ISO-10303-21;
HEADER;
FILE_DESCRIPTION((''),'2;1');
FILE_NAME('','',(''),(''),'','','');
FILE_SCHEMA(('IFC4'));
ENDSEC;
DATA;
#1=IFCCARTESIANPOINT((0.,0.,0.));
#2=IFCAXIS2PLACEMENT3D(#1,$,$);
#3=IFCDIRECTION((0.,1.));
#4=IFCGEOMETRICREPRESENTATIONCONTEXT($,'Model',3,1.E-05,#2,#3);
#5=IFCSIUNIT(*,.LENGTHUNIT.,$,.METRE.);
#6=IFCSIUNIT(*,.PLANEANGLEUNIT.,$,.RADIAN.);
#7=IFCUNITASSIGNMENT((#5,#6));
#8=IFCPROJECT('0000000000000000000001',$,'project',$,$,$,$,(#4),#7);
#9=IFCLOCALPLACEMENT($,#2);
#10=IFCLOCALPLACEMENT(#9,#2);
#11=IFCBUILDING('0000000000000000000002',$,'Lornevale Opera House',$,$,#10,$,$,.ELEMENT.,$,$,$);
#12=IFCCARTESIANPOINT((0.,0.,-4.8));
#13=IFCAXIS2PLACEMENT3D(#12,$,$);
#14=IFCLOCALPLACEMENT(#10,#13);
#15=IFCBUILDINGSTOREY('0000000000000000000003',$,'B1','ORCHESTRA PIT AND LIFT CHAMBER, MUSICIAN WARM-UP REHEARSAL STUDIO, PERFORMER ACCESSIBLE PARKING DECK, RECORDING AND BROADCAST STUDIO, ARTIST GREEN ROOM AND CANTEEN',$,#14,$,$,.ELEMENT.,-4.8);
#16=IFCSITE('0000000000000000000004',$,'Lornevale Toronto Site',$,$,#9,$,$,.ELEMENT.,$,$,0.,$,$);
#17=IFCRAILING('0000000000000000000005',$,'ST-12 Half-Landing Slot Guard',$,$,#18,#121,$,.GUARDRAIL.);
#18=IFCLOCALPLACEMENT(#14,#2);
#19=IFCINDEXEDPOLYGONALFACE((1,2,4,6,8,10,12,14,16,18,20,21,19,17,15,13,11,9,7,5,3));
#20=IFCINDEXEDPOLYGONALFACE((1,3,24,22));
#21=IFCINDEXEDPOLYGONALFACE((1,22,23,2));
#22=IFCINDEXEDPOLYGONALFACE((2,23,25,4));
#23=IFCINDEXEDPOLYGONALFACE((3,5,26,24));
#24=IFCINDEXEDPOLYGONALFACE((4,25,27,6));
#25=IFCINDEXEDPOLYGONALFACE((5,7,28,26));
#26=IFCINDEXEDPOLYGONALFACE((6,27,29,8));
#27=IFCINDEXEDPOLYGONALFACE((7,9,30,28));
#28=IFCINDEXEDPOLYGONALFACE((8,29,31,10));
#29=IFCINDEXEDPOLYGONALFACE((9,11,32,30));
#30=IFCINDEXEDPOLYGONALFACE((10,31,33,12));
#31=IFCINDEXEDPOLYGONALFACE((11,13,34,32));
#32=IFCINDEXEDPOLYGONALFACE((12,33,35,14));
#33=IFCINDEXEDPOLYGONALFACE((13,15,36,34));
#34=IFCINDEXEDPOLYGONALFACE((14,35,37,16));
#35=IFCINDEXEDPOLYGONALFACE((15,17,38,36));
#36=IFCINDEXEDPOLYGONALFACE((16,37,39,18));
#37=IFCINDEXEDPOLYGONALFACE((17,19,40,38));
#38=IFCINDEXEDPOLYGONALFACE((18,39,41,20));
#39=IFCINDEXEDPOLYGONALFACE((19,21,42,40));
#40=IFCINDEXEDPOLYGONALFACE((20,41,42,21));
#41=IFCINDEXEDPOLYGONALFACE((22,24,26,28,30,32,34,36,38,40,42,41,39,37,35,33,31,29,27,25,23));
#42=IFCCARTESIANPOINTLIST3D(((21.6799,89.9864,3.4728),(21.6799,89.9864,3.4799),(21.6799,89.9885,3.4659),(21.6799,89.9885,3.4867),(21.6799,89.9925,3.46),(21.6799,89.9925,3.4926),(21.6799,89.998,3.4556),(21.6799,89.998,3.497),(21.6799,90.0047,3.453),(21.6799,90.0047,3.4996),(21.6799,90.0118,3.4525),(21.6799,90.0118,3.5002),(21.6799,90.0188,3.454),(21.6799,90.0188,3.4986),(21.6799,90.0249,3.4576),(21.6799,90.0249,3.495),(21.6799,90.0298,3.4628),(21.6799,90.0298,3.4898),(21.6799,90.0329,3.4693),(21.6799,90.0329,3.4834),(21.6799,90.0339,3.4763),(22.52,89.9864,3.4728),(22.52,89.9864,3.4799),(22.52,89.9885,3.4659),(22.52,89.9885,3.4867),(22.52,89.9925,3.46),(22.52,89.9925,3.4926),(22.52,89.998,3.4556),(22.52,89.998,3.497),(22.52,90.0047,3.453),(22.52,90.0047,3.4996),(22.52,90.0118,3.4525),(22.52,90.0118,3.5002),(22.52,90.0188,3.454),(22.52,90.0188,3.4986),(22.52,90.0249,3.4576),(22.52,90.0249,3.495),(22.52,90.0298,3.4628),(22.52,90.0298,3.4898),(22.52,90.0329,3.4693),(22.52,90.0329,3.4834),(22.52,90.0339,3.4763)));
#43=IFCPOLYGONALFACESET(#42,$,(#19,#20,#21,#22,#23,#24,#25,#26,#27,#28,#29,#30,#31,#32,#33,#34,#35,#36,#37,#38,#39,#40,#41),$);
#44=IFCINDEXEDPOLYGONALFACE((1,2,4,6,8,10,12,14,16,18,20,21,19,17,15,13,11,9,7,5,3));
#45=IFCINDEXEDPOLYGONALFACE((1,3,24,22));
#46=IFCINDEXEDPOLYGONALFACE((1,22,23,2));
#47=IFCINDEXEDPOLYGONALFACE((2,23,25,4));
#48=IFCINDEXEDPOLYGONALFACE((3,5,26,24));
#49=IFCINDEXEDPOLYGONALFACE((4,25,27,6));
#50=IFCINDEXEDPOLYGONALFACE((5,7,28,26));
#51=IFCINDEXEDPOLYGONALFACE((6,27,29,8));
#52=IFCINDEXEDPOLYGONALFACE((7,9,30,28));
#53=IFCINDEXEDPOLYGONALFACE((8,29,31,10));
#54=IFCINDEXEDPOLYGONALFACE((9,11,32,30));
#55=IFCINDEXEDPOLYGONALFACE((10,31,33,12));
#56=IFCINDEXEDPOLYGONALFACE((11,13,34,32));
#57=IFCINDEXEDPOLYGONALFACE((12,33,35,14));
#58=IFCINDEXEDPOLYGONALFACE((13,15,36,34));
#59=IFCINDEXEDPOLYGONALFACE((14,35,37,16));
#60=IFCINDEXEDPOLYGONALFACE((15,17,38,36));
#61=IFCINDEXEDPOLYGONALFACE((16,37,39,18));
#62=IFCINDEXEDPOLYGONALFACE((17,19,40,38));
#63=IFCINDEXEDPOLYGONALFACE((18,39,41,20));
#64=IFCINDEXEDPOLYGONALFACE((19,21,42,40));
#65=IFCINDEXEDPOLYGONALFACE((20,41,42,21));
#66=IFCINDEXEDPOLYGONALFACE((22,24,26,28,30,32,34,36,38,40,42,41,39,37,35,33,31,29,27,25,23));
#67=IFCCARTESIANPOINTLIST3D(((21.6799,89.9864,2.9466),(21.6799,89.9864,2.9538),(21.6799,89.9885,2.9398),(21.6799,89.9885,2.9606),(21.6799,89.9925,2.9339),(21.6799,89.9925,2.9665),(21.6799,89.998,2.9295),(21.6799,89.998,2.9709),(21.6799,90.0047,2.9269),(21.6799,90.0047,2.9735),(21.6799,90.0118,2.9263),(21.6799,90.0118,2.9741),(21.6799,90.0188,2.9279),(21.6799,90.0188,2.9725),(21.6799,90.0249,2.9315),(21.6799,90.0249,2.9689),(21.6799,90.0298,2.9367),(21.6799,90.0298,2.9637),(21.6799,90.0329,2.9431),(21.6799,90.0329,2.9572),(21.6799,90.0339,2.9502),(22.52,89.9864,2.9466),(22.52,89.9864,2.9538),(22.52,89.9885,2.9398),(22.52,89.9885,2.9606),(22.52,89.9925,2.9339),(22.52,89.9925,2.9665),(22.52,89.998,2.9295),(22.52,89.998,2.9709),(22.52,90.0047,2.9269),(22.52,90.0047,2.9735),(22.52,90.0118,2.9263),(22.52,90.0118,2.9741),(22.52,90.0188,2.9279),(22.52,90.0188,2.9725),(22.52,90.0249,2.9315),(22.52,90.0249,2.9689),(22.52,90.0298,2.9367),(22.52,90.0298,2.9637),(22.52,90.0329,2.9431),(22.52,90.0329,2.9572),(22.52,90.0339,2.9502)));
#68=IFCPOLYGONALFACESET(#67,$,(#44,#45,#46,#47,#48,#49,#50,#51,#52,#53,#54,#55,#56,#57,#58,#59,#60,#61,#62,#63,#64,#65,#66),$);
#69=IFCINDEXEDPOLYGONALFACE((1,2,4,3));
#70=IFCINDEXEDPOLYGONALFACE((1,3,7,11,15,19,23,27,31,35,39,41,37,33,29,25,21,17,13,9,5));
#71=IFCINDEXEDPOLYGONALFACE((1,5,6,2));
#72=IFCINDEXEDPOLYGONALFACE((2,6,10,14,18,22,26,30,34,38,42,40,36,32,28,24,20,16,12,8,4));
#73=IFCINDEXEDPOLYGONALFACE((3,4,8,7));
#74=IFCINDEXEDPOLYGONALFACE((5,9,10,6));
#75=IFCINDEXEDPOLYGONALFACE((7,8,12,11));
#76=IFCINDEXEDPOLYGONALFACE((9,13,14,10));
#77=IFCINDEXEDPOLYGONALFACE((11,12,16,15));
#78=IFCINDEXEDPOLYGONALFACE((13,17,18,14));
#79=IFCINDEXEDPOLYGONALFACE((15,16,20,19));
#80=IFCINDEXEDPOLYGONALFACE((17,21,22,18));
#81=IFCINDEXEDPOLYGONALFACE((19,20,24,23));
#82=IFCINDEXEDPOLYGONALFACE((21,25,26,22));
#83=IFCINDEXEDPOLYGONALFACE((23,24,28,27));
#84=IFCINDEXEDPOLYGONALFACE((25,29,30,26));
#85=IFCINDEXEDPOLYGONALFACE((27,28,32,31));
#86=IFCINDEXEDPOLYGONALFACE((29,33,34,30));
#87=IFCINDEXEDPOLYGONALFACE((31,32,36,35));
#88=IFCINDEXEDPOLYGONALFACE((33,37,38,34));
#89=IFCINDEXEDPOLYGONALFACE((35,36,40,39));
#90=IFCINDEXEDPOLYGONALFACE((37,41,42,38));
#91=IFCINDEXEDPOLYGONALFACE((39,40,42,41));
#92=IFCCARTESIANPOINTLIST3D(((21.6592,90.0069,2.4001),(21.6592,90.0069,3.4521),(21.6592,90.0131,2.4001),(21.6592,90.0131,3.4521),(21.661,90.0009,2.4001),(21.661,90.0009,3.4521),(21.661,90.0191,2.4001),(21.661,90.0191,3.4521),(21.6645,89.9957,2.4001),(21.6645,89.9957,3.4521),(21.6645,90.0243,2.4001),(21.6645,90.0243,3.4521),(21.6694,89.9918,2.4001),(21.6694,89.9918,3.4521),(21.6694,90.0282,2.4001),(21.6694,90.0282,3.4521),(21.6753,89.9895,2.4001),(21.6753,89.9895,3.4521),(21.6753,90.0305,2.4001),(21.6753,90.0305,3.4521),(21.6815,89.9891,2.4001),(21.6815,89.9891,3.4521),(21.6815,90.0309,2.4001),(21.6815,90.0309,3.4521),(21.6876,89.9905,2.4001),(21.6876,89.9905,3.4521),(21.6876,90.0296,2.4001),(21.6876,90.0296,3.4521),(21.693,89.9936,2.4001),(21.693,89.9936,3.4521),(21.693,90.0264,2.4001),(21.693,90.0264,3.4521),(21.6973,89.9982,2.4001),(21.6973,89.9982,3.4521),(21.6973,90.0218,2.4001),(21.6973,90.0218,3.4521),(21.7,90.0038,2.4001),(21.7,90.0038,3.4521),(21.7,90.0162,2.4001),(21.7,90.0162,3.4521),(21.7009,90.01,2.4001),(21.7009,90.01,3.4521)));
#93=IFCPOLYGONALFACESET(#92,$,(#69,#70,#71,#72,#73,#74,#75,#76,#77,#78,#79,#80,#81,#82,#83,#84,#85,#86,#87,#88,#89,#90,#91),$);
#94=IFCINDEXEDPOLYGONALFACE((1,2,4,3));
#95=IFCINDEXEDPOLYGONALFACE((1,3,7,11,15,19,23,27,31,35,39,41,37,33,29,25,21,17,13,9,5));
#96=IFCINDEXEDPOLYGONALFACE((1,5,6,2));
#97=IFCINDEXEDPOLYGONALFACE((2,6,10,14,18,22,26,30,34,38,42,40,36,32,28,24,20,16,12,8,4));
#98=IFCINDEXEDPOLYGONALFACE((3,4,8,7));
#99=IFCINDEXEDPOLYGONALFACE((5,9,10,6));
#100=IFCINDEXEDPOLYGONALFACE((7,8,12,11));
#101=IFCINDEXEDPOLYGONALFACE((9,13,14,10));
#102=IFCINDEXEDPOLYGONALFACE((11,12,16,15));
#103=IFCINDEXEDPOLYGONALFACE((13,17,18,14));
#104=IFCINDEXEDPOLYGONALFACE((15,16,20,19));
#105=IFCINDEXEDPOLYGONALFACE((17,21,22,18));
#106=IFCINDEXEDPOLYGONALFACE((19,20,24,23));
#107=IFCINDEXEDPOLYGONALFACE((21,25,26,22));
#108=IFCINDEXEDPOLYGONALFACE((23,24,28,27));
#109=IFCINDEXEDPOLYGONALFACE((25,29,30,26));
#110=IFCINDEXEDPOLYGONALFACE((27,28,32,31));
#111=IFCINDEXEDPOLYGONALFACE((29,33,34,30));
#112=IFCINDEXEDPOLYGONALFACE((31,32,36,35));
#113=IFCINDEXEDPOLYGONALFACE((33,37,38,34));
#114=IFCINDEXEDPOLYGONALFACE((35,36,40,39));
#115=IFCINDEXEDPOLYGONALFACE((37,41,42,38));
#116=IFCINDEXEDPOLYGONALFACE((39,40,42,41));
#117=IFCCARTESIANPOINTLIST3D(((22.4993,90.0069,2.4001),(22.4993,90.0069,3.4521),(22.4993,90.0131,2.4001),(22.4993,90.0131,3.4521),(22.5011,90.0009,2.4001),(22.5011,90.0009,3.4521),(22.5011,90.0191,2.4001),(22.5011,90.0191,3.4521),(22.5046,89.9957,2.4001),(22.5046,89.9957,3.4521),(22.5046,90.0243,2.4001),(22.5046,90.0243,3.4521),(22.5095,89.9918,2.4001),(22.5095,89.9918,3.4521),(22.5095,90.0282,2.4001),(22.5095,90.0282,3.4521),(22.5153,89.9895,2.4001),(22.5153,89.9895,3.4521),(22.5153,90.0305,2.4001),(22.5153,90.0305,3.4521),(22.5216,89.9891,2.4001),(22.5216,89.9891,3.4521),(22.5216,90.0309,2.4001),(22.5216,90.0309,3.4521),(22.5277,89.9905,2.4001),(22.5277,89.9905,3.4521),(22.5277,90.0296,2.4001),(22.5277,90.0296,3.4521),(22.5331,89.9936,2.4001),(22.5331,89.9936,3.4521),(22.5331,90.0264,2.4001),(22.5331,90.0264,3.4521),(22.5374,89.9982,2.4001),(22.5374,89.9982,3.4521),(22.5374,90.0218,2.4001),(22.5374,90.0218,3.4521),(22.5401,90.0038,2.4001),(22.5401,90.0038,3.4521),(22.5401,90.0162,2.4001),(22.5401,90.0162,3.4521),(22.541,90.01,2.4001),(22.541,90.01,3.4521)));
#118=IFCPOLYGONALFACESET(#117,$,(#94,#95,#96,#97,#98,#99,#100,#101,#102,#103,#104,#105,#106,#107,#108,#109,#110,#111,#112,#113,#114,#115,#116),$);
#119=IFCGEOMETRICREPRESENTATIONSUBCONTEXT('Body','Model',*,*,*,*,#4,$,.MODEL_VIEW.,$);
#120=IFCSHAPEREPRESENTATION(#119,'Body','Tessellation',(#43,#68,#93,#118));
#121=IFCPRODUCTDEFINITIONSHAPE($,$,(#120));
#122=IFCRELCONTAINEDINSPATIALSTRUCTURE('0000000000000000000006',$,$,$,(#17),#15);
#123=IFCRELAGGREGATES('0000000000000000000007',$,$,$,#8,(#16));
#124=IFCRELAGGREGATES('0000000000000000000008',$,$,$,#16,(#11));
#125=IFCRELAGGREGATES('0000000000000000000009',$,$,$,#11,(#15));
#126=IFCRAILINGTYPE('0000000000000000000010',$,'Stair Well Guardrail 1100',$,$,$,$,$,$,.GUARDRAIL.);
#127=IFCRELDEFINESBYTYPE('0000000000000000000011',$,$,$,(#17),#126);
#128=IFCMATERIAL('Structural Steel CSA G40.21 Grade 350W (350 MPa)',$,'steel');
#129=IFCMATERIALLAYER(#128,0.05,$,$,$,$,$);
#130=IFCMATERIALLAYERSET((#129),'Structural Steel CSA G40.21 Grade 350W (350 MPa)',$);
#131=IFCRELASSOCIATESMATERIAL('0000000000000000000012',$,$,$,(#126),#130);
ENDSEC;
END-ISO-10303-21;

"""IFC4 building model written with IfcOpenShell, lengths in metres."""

from ifc_helpers import new_model, si_unit, direction, frame, origin, origin_2d, place, context, subcontext, project, spatial, circle, extrude, material, layer, layer_set, type_object, element, save


model = new_model("IFC4")

# Units and contexts
model_context = context("Model", 3, precision=1e-05, world=origin(), true_north=direction((0.0, 1.0)))
body_context = subcontext(model_context, "Body", "Model", "MODEL_VIEW")
ifc_project = project(units=[si_unit("LENGTHUNIT", "METRE"), si_unit("PLANEANGLEUNIT", "RADIAN")], contexts=[model_context])

# Site, building, storey
site_placement = place(None, origin())
site = spatial("IfcSite", under=ifc_project, at=site_placement, Name="Lornevale Toronto Site", CompositionType="ELEMENT", RefElevation=0.0)
building_placement = place(site_placement, origin())
building = spatial("IfcBuilding", under=site, at=building_placement, Name="Lornevale Opera House", CompositionType="ELEMENT")
storey_placement = place(building_placement, frame((0.0, 0.0, -4.8)))
storey = spatial("IfcBuildingStorey", under=building, at=storey_placement, Name="B1", Description="ORCHESTRA PIT AND LIFT CHAMBER, MUSICIAN WARM-UP REHEARSAL STUDIO, PERFORMER ACCESSIBLE PARKING DECK, RECORDING AND BROADCAST STUDIO, ARTIST GREEN ROOM AND CANTEEN", CompositionType="ELEMENT", Elevation=-4.8)

# Railing
ifc_material_1 = material(Name="Structural Steel CSA G40.21 Grade 350W (350 MPa)", Category="steel")
ifc_layer_1 = layer(ifc_material_1, 0.05)
ifc_layer_set_1 = layer_set([ifc_layer_1], Name="Structural Steel CSA G40.21 Grade 350W (350 MPa)")
railing_type_1 = type_object("IfcRailingType", Name="Stair Well Guardrail 1100", PredefinedType="GUARDRAIL", material=ifc_layer_set_1)
railing_1_placement = place(storey_placement, frame((21.6799, 90.01, 2.4001)))
element("IfcRailing", 1, at=railing_1_placement, inside=storey, type_object=railing_type_1, Name="ST-12 Half-Landing Slot Guard", PredefinedType="GUARDRAIL", context=body_context, shape_type="SweptSolid", body=[
    extrude(circle(Radius=0.0239, at=origin_2d()), frame((0.0, 0.0, 1.0762), z_axis=(1.0, 0.0, 0.0), x_axis=(0.0, 1.0, 0.0)), (0.0, 0.0, 1.0), 0.8401),
    extrude(circle(Radius=0.0239, at=origin_2d()), frame((0.0, 0.0, 0.55), z_axis=(1.0, 0.0, 0.0), x_axis=(0.0, 1.0, 0.0)), (0.0, 0.0, 1.0), 0.8401),
    extrude(circle(Radius=0.021, at=origin_2d()), origin(), (0.0, 0.0, 1.0), 1.052),
    extrude(circle(Radius=0.021, at=origin_2d()), frame((0.8401, 0.0, 0.0)), (0.0, 0.0, 1.0), 1.052),
])

save(model, "model.ifc")
